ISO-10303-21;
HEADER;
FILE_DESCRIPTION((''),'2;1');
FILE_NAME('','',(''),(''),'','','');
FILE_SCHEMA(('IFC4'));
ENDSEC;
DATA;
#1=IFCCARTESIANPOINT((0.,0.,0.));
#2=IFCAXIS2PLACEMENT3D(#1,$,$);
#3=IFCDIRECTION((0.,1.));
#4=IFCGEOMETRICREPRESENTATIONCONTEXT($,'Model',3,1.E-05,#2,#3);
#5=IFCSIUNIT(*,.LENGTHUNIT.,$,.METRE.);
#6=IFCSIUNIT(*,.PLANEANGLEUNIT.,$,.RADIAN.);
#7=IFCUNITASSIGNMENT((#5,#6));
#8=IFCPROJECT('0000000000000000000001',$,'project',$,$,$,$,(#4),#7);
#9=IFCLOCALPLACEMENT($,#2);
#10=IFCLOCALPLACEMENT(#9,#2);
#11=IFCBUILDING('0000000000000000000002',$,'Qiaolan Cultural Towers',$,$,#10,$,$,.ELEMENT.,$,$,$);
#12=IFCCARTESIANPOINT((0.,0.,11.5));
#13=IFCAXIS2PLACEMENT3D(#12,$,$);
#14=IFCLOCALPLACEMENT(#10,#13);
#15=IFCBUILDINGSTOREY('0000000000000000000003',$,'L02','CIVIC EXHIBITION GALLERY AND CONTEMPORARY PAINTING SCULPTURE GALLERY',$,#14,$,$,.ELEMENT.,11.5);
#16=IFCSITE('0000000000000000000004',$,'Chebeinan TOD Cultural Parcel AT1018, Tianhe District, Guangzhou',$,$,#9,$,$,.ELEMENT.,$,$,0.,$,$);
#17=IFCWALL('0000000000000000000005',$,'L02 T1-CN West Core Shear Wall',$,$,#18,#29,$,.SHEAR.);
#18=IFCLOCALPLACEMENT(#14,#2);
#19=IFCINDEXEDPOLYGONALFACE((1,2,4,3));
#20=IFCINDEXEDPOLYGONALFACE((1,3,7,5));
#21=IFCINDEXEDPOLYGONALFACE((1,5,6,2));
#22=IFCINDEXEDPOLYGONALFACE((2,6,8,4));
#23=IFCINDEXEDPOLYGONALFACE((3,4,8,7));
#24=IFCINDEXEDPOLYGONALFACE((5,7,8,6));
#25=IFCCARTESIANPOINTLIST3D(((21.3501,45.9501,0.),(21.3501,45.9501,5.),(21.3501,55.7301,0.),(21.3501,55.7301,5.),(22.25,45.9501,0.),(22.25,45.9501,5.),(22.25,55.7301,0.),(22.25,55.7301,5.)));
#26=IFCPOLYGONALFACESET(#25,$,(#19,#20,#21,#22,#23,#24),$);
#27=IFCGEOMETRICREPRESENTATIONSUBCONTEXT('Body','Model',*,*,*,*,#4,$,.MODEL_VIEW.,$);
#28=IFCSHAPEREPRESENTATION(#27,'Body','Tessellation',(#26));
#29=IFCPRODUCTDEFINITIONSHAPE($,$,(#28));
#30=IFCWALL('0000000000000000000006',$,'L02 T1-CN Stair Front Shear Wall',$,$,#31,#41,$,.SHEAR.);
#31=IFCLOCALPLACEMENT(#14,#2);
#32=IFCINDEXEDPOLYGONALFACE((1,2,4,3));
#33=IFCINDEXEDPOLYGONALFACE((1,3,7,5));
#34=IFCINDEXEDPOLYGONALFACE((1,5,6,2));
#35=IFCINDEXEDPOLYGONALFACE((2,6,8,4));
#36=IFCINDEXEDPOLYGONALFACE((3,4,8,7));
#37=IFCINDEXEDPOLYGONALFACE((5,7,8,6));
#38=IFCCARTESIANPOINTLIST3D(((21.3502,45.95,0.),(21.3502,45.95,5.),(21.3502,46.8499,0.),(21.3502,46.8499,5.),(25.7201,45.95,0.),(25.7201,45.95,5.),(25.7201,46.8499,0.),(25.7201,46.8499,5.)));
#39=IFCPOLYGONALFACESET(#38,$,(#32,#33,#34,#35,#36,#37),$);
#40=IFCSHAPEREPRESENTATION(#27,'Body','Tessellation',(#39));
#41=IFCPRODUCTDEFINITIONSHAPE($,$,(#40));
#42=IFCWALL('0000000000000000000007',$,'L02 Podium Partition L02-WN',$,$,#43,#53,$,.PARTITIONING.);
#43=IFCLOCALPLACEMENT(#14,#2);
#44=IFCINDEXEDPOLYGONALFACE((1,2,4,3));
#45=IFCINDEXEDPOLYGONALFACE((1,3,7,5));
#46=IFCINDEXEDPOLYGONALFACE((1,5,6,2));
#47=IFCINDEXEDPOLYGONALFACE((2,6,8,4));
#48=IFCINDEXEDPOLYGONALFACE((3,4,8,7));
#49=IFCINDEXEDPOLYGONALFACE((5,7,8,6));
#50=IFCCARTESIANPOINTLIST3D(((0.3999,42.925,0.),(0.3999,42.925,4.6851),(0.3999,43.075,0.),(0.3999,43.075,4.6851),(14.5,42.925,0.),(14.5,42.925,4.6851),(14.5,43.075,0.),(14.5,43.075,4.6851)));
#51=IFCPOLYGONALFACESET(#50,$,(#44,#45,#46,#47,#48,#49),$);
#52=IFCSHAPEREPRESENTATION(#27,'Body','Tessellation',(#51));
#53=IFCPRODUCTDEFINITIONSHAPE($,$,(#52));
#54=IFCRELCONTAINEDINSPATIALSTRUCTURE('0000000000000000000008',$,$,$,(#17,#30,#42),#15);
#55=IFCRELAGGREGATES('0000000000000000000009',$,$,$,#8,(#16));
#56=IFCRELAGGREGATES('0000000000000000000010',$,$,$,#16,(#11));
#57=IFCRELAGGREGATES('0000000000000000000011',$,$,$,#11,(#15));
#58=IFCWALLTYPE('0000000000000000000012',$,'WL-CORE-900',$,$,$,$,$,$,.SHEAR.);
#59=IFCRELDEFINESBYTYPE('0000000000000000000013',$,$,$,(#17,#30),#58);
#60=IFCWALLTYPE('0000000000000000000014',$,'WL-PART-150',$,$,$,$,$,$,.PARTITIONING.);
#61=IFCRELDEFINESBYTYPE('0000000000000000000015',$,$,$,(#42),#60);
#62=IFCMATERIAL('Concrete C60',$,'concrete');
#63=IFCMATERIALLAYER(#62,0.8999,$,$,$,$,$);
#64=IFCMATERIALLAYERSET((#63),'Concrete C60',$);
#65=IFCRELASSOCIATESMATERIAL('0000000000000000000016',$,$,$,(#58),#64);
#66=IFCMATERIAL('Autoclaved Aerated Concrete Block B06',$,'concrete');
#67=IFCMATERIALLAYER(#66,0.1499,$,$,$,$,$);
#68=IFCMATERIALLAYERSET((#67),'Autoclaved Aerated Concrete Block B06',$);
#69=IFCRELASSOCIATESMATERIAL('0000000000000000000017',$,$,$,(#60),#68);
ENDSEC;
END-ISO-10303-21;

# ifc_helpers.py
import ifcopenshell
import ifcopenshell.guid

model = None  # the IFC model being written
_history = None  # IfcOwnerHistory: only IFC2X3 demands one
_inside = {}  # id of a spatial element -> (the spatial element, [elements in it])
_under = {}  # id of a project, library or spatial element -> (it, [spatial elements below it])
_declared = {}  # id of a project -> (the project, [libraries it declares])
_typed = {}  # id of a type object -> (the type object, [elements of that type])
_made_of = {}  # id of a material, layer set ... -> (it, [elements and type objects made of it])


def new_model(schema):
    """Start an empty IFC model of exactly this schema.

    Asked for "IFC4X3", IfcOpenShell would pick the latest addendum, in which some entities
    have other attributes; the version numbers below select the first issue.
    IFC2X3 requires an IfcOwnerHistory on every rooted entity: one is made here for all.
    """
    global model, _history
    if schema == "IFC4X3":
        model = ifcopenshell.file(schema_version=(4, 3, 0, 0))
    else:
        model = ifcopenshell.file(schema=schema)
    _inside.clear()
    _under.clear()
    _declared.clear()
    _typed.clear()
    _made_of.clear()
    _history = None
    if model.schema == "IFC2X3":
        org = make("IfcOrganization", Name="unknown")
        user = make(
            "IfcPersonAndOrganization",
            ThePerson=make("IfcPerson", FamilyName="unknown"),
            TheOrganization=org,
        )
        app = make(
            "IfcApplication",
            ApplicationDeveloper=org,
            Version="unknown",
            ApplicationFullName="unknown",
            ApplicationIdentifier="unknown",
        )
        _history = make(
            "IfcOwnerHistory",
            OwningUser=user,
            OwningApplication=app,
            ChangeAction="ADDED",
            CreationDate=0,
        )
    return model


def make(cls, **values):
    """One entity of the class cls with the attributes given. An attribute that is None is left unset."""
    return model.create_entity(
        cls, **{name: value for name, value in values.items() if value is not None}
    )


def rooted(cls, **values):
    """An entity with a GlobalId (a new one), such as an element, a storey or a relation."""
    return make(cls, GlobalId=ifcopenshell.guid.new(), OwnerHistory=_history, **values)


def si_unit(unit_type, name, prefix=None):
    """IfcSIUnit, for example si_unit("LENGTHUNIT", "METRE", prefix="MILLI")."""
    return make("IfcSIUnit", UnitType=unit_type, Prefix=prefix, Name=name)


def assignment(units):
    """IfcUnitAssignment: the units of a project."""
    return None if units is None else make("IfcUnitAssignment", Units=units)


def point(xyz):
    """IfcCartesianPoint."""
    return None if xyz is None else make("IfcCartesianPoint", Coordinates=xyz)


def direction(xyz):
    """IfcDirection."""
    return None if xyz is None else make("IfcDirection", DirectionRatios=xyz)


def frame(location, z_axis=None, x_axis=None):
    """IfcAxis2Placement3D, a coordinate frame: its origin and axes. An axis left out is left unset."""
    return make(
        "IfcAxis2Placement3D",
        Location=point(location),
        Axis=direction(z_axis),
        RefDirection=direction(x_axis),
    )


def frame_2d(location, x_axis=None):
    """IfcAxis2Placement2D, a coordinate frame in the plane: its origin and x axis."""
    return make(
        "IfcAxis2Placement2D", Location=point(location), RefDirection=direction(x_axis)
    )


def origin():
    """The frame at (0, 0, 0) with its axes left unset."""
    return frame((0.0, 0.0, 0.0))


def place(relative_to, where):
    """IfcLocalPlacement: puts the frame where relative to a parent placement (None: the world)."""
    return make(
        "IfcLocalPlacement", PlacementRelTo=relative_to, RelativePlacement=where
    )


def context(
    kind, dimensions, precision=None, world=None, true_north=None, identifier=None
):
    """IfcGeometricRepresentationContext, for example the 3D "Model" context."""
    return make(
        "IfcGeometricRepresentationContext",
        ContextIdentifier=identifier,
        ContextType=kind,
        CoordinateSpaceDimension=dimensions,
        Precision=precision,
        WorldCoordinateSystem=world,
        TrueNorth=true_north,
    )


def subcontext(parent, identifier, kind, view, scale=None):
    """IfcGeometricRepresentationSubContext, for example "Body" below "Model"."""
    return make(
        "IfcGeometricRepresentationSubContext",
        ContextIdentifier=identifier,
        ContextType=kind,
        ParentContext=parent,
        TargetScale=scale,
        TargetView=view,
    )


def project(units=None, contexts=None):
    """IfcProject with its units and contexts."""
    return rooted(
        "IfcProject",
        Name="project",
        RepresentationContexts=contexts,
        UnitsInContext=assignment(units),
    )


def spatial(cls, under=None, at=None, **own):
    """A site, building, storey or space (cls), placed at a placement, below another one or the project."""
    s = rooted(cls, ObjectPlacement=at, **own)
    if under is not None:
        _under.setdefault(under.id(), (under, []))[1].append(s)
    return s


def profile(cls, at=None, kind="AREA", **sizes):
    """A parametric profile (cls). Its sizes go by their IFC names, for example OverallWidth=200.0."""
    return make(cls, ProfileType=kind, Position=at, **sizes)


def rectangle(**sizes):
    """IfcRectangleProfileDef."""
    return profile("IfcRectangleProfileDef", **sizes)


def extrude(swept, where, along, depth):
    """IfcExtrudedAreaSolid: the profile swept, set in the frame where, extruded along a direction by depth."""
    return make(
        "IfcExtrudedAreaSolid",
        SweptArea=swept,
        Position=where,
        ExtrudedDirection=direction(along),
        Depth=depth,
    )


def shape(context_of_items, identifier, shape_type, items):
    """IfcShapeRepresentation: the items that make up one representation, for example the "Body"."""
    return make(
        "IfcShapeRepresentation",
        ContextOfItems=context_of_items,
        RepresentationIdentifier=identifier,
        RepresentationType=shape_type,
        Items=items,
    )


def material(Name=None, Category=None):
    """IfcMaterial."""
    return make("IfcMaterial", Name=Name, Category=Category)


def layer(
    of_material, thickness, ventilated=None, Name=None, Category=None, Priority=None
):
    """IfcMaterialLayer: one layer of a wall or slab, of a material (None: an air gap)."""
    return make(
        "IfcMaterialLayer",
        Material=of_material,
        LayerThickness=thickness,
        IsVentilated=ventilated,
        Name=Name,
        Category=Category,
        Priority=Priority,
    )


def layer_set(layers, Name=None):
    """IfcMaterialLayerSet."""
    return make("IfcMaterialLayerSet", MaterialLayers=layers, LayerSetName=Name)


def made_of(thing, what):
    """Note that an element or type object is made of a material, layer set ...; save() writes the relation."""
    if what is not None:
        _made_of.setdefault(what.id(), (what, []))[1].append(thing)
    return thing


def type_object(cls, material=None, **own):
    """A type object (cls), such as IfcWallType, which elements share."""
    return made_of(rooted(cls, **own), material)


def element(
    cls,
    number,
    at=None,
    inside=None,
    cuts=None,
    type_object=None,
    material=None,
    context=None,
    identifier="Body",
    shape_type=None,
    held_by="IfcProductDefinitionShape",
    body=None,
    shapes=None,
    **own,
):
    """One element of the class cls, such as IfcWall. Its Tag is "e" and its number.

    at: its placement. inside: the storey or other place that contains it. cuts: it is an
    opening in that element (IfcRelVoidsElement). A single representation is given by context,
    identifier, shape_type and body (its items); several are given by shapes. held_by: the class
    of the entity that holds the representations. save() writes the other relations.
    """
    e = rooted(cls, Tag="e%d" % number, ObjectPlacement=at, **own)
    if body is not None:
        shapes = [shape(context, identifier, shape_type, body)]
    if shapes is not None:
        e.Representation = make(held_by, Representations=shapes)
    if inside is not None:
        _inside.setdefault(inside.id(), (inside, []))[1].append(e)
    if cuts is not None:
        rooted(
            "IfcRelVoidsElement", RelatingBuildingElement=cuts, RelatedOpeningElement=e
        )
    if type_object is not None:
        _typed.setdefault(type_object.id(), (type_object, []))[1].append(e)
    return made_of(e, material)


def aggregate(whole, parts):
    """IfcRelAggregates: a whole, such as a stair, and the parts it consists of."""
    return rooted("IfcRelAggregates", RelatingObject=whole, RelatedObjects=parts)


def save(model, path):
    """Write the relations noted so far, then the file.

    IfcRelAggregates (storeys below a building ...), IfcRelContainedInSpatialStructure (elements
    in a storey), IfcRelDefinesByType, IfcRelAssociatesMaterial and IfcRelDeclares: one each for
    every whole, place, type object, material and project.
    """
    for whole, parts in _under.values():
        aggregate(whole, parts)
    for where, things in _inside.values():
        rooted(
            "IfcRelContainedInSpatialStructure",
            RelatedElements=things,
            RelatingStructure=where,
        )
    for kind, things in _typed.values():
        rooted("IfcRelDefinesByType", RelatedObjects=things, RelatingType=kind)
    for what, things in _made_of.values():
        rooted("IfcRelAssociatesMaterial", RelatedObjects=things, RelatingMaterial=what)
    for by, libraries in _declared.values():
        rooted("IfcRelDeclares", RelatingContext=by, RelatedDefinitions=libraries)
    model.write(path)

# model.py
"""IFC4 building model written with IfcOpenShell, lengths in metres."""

from ifc_helpers import new_model, si_unit, direction, frame, frame_2d, origin, place, context, subcontext, project, spatial, rectangle, extrude, material, layer, layer_set, type_object, element, save


model = new_model("IFC4")

# Units and contexts
model_context = context("Model", 3, precision=1e-05, world=origin(), true_north=direction((0.0, 1.0)))
body_context = subcontext(model_context, "Body", "Model", "MODEL_VIEW")
ifc_project = project(units=[si_unit("LENGTHUNIT", "METRE"), si_unit("PLANEANGLEUNIT", "RADIAN")], contexts=[model_context])

# Site, building, storey
site_placement = place(None, origin())
site = spatial("IfcSite", under=ifc_project, at=site_placement, Name="Chebeinan TOD Cultural Parcel AT1018, Tianhe District, Guangzhou", CompositionType="ELEMENT", RefElevation=0.0)
building_placement = place(site_placement, origin())
building = spatial("IfcBuilding", under=site, at=building_placement, Name="Qiaolan Cultural Towers", CompositionType="ELEMENT")
storey_placement = place(building_placement, frame((0.0, 0.0, 11.5)))
storey = spatial("IfcBuildingStorey", under=building, at=storey_placement, Name="L02", Description="CIVIC EXHIBITION GALLERY AND CONTEMPORARY PAINTING SCULPTURE GALLERY", CompositionType="ELEMENT", Elevation=11.5)

# Walls
ifc_material_1 = material(Name="Concrete C60", Category="concrete")
ifc_layer_1 = layer(ifc_material_1, 0.8999)
ifc_layer_set_1 = layer_set([ifc_layer_1], Name="Concrete C60")
wall_type_1 = type_object("IfcWallType", Name="WL-CORE-900", PredefinedType="SHEAR", material=ifc_layer_set_1)
wall_1_placement = place(storey_placement, frame((21.8, 45.95, 0.0), z_axis=(0.0, 0.0, 1.0), x_axis=(0.0, 1.0, 0.0)))
element("IfcWall", 1, at=wall_1_placement, inside=storey, type_object=wall_type_1, Name="L02 T1-CN West Core Shear Wall", PredefinedType="SHEAR", context=body_context, shape_type="SweptSolid", body=[
    extrude(rectangle(XDim=9.78, YDim=0.8999, at=frame_2d((4.8901, 0.0))), origin(), (0.0, 0.0, 1.0), 5.0),
])
wall_2_placement = place(storey_placement, frame((21.3501, 46.3999, 0.0), z_axis=(0.0, 0.0, 1.0), x_axis=(1.0, 0.0, 0.0)))
element("IfcWall", 2, at=wall_2_placement, inside=storey, type_object=wall_type_1, Name="L02 T1-CN Stair Front Shear Wall", PredefinedType="SHEAR", context=body_context, shape_type="SweptSolid", body=[
    extrude(rectangle(XDim=4.3699, YDim=0.8999, at=frame_2d((2.1851, 0.0))), origin(), (0.0, 0.0, 1.0), 5.0),
])
ifc_material_2 = material(Name="Autoclaved Aerated Concrete Block B06", Category="concrete")
ifc_layer_2 = layer(ifc_material_2, 0.1499)
ifc_layer_set_2 = layer_set([ifc_layer_2], Name="Autoclaved Aerated Concrete Block B06")
wall_type_2 = type_object("IfcWallType", Name="WL-PART-150", PredefinedType="PARTITIONING", material=ifc_layer_set_2)
wall_3_placement = place(storey_placement, frame((0.3999, 43.0, 0.0), z_axis=(0.0, 0.0, 1.0), x_axis=(1.0, 0.0, 0.0)))
element("IfcWall", 3, at=wall_3_placement, inside=storey, type_object=wall_type_2, Name="L02 Podium Partition L02-WN", PredefinedType="PARTITIONING", context=body_context, shape_type="SweptSolid", body=[
    extrude(rectangle(XDim=14.1001, YDim=0.1499, at=frame_2d((7.05, 0.0))), origin(), (0.0, 0.0, 1.0), 4.6851),
])

save(model, "model.ifc")
